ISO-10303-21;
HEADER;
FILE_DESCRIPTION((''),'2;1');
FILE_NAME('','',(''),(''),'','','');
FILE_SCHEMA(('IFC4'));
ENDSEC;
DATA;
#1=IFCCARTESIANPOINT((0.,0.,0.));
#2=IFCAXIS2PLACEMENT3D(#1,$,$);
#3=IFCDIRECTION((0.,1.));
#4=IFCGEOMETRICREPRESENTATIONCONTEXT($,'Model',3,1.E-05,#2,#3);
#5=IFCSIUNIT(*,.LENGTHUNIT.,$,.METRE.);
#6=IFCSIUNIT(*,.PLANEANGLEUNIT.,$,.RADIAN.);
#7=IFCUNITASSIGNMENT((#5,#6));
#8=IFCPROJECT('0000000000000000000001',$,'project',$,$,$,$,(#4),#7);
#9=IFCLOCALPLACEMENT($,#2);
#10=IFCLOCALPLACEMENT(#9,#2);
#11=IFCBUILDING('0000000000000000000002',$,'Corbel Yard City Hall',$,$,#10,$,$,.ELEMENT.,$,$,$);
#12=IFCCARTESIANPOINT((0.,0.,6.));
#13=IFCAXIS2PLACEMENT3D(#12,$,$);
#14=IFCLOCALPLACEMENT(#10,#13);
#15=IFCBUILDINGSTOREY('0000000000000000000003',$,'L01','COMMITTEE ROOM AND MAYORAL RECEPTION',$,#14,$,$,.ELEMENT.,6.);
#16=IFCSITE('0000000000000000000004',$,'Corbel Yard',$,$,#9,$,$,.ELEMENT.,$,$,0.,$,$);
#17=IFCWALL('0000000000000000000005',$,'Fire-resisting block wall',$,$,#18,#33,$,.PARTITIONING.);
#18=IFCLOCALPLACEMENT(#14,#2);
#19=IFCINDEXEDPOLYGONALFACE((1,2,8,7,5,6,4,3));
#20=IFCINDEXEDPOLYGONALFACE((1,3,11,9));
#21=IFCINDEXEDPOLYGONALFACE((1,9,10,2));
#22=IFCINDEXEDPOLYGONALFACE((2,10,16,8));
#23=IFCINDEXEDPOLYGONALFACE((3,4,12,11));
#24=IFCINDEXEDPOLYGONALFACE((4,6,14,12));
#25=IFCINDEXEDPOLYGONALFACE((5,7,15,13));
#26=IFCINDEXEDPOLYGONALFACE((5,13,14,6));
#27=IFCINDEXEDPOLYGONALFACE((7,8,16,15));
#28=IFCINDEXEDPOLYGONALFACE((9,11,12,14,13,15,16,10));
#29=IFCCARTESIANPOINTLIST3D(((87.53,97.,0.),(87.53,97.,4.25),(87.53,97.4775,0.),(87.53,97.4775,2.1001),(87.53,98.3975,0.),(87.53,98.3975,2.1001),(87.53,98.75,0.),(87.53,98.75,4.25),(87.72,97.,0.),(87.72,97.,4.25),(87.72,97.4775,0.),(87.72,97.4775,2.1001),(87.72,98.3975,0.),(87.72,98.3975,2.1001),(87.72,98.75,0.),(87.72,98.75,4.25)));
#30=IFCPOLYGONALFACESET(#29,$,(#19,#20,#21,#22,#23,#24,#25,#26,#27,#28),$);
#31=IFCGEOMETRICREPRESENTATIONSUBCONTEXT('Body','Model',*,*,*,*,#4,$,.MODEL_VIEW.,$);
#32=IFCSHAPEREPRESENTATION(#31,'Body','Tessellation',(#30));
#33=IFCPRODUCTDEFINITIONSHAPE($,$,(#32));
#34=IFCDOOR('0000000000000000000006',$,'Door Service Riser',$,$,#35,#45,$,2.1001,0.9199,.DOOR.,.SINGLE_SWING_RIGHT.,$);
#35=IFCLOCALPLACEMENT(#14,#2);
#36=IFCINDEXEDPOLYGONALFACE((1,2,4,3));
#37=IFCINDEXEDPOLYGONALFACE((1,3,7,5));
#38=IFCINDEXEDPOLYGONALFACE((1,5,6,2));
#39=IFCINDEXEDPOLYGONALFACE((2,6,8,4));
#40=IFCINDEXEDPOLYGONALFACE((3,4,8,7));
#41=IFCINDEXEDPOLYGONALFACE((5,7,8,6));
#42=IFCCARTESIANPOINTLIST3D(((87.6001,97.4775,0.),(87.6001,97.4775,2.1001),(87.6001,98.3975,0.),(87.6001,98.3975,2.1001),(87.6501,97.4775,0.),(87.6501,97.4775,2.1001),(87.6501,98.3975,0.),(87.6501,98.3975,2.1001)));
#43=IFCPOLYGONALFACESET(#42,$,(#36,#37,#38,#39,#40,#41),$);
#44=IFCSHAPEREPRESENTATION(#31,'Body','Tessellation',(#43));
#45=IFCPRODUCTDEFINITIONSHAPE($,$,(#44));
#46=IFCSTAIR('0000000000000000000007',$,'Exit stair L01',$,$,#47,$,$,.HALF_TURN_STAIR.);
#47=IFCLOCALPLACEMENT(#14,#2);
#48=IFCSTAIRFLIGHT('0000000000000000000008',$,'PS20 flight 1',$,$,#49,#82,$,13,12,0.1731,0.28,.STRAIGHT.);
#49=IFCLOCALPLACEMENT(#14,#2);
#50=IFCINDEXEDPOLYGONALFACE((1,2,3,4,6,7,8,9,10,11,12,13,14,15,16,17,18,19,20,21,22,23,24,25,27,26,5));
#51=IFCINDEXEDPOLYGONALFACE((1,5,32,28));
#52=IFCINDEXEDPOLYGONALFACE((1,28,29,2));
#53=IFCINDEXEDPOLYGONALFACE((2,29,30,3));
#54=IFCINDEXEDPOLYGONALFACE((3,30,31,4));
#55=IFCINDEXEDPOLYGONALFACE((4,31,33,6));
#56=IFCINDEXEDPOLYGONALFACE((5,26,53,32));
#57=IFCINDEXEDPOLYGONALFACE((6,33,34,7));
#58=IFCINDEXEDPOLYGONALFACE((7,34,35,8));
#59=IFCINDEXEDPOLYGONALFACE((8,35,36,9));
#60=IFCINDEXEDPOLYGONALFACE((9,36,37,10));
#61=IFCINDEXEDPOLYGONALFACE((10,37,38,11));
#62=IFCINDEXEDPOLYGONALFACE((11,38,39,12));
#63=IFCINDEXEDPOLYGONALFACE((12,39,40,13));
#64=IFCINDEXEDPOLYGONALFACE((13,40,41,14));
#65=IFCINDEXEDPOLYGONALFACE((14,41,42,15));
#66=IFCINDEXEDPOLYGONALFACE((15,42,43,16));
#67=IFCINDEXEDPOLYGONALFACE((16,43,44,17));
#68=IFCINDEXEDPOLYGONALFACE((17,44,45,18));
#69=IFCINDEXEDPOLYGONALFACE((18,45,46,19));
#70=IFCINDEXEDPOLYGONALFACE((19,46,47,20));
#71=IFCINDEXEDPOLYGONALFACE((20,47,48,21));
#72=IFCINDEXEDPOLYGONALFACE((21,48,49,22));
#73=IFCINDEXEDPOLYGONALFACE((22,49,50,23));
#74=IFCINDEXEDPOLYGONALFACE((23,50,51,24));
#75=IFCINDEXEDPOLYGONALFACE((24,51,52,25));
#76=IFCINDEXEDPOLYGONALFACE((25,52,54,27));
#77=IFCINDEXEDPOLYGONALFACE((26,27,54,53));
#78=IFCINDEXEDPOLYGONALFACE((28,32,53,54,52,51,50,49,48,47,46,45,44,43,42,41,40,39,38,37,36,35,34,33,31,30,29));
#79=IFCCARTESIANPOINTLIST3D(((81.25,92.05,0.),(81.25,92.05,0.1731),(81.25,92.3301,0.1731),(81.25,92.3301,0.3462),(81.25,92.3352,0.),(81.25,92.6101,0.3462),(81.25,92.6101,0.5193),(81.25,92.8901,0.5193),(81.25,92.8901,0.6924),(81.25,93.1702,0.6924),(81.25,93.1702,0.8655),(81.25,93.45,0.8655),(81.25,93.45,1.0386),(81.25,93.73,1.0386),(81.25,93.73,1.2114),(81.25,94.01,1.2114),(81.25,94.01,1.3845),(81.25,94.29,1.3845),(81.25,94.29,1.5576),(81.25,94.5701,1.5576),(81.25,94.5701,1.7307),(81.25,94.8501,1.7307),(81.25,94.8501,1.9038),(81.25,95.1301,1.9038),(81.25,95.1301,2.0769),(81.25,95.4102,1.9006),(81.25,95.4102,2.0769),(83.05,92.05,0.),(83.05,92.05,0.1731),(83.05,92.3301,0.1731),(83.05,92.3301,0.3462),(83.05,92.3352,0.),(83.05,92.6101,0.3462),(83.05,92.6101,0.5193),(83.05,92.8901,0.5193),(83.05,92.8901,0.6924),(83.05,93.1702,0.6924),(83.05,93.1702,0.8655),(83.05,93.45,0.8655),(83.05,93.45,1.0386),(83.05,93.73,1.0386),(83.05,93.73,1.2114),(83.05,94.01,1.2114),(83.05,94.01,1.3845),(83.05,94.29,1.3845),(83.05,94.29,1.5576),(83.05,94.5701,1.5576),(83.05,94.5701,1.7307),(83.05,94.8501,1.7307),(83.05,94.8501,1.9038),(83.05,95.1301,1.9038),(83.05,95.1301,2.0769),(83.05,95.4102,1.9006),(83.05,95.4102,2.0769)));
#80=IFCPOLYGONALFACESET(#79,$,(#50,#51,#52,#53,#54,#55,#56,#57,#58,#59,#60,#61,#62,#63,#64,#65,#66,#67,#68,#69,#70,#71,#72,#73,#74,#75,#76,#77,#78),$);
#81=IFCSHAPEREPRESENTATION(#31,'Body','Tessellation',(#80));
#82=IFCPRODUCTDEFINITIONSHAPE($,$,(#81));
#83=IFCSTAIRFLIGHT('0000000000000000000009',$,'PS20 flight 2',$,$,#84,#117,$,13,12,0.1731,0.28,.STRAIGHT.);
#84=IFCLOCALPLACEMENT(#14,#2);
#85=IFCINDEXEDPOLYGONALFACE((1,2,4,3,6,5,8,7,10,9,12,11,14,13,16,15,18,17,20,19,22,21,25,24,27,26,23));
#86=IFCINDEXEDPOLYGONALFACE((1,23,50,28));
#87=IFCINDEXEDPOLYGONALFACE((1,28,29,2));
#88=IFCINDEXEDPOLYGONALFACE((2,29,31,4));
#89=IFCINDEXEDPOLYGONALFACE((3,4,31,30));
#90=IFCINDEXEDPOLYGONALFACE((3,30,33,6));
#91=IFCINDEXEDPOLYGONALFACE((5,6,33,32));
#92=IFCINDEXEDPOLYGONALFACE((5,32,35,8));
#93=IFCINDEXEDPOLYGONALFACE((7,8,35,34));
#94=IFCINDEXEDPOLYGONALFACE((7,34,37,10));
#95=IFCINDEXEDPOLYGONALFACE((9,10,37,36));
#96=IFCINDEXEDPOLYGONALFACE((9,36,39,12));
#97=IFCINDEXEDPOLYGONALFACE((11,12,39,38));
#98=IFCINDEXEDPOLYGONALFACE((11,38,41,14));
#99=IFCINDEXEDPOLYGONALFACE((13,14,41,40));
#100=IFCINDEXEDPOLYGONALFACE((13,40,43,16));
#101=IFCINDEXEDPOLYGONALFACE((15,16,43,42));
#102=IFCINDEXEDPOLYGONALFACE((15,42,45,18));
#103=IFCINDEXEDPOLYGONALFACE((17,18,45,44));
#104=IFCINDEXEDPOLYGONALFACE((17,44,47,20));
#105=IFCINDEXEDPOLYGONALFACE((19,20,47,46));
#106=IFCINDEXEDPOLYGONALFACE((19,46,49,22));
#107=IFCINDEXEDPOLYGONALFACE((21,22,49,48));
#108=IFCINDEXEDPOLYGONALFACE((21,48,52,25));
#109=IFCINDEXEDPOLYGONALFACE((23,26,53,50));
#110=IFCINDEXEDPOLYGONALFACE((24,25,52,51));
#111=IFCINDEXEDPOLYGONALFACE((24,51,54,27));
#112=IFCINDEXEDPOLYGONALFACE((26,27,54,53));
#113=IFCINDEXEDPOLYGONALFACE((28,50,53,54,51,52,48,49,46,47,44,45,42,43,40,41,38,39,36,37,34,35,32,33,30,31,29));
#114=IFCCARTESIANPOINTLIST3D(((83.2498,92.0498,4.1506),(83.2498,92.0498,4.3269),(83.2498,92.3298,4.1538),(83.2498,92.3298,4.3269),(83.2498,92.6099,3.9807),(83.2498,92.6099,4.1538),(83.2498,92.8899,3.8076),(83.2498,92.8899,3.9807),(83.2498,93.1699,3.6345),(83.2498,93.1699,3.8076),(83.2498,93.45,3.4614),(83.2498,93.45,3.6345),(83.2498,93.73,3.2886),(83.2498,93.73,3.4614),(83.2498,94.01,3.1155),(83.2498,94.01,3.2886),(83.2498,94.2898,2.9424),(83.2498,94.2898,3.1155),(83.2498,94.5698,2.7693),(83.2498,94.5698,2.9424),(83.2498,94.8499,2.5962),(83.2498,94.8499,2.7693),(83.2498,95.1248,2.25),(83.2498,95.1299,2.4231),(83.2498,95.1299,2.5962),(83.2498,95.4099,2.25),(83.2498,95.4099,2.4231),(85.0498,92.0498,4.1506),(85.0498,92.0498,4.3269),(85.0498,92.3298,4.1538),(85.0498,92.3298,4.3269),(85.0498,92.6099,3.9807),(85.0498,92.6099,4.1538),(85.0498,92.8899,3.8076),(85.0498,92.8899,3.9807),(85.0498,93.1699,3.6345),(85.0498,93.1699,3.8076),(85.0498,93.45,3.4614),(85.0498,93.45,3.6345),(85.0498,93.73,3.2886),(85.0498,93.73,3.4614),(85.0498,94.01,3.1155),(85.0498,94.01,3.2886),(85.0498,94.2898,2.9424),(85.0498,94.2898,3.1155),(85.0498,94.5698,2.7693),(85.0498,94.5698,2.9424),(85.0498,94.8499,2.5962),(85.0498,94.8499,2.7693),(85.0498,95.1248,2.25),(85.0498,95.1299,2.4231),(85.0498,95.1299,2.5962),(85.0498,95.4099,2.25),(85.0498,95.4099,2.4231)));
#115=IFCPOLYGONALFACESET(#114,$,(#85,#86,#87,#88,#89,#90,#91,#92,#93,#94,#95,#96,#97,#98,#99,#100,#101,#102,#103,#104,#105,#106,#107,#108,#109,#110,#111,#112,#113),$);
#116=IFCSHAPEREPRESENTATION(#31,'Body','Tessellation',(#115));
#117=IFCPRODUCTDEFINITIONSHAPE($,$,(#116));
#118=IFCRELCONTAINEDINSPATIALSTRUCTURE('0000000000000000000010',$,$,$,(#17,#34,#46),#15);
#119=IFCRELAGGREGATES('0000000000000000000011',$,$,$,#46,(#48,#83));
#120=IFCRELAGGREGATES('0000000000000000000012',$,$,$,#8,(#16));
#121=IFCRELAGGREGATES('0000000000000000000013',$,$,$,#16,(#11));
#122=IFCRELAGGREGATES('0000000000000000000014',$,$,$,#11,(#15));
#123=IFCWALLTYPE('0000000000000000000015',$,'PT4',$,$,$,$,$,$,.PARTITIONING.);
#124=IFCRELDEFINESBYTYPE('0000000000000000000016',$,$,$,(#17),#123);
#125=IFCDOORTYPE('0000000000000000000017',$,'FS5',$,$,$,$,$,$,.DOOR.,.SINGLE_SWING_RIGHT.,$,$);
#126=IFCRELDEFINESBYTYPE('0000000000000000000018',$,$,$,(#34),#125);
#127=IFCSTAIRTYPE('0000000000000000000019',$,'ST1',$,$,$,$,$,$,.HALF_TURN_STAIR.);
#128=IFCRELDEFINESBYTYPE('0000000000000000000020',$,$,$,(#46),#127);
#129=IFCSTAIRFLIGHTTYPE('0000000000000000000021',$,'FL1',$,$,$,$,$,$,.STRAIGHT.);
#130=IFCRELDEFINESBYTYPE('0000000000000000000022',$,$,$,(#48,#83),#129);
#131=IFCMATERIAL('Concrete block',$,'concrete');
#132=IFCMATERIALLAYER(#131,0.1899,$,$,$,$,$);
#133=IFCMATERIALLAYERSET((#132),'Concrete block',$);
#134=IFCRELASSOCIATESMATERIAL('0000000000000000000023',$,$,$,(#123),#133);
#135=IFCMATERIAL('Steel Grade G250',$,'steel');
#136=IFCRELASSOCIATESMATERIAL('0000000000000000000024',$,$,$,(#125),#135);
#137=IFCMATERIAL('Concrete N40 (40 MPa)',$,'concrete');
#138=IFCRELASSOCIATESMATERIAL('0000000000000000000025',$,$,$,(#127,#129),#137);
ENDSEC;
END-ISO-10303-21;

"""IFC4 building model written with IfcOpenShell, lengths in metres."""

from ifc_helpers import new_model, si_unit, direction, frame, frame_2d, origin, place, context, subcontext, project, spatial, polyline, rectangle, outline, extrude, material, layer, layer_set, type_object, element, fill, aggregate, save


model = new_model("IFC4")

# Units and contexts
model_context = context("Model", 3, precision=1e-05, world=origin(), true_north=direction((0.0, 1.0)))
body_context = subcontext(model_context, "Body", "Model", "MODEL_VIEW")
ifc_project = project(units=[si_unit("LENGTHUNIT", "METRE"), si_unit("PLANEANGLEUNIT", "RADIAN")], contexts=[model_context])

# Site, building, storey
site_placement = place(None, origin())
site = spatial("IfcSite", under=ifc_project, at=site_placement, Name="Corbel Yard", CompositionType="ELEMENT", RefElevation=0.0)
building_placement = place(site_placement, origin())
building = spatial("IfcBuilding", under=site, at=building_placement, Name="Corbel Yard City Hall", CompositionType="ELEMENT")
storey_placement = place(building_placement, frame((0.0, 0.0, 6.0)))
storey = spatial("IfcBuildingStorey", under=building, at=storey_placement, Name="L01", Description="COMMITTEE ROOM AND MAYORAL RECEPTION", CompositionType="ELEMENT", Elevation=6.0)

# Shared definitions
ifc_material_1 = material(Name="Steel Grade G250", Category="steel")
ifc_material_2 = material(Name="Concrete N40 (40 MPa)", Category="concrete")

# Wall, opening, door
ifc_material_3 = material(Name="Concrete block", Category="concrete")
ifc_layer_1 = layer(ifc_material_3, 0.1899)
ifc_layer_set_1 = layer_set([ifc_layer_1], Name="Concrete block")
wall_type_1 = type_object("IfcWallType", Name="PT4", PredefinedType="PARTITIONING", material=ifc_layer_set_1)
wall_1_placement = place(storey_placement, frame((87.625, 97.0, 0.0), z_axis=(0.0, 0.0, 1.0), x_axis=(0.0, 1.0, 0.0)))
wall_1 = element("IfcWall", 1, at=wall_1_placement, inside=storey, type_object=wall_type_1, Name="Fire-resisting block wall", PredefinedType="PARTITIONING", context=body_context, shape_type="SweptSolid", body=[
    extrude(rectangle(XDim=1.75, YDim=0.1899, at=frame_2d((0.875, 0.0))), origin(), (0.0, 0.0, 1.0), 4.25),
])
opening_1_placement = place(wall_1_placement, frame((0.4775, 0.0, 0.0)))
opening_1 = element("IfcOpeningElement", 2, at=opening_1_placement, cuts=wall_1, PredefinedType="OPENING", context=body_context, shape_type="SweptSolid", body=[
    extrude(rectangle(XDim=0.9199, YDim=2.1001, at=frame_2d((0.46, 1.05))), frame((0.0, 0.105, 0.0), z_axis=(0.0, -1.0, 0.0), x_axis=(1.0, 0.0, 0.0)), (0.0, 0.0, 1.0), 0.21),
])
door_type_1 = type_object("IfcDoorType", Name="FS5", OperationType="SINGLE_SWING_RIGHT", PredefinedType="DOOR", material=ifc_material_1)
door_1_placement = place(opening_1_placement, origin())
door_1 = element("IfcDoor", 3, at=door_1_placement, inside=storey, type_object=door_type_1, Name="Door Service Riser", OperationType="SINGLE_SWING_RIGHT", OverallHeight=2.1001, OverallWidth=0.9199, PredefinedType="DOOR", context=body_context, shape_type="SweptSolid", body=[
    extrude(rectangle(XDim=0.9199, YDim=2.1001, at=frame_2d((0.46, 1.05))), frame((0.0, 0.0249, 0.0), z_axis=(0.0, -1.0, 0.0), x_axis=(1.0, 0.0, 0.0)), (0.0, 0.0, 1.0), 0.05),
])
fill(opening_1, door_1)

# Stair, stair flights
stair_type = type_object("IfcStairType", Name="ST1", PredefinedType="HALF_TURN_STAIR", material=ifc_material_2)
stair_placement = place(storey_placement, origin())
stair = element("IfcStair", 4, at=stair_placement, inside=storey, type_object=stair_type, Name="Exit stair L01", PredefinedType="HALF_TURN_STAIR")
stair_flight_type = type_object("IfcStairFlightType", Name="FL1", PredefinedType="STRAIGHT", material=ifc_material_2)
stair_flight_1_placement = place(storey_placement, frame((82.1499, 92.05, 0.0), z_axis=(0.0, 0.0, 1.0), x_axis=(0.0, 1.0, 0.0)))
stair_flight_1 = element("IfcStairFlight", 5, at=stair_flight_1_placement, type_object=stair_flight_type, Name="PS20 flight 1", NumberOfRisers=13, NumberOfTreads=12, PredefinedType="STRAIGHT", RiserHeight=0.1731, TreadLength=0.28, context=body_context, shape_type="SweptSolid", body=[
    extrude(outline(polyline([(0.0, 0.0), (0.0, 0.1731), (0.28, 0.1731), (0.28, 0.3462), (0.5601, 0.3462), (0.5601, 0.5193), (0.8401, 0.5193), (0.8401, 0.6924), (1.1201, 0.6924), (1.1201, 0.8655), (1.3999, 0.8655), (1.3999, 1.0386), (1.6799, 1.0386), (1.6799, 1.2114), (1.96, 1.2114), (1.96, 1.3845), (2.24, 1.3845), (2.24, 1.5576), (2.52, 1.5576), (2.52, 1.7307), (2.8, 1.7307), (2.8, 1.9038), (3.0801, 1.9038), (3.0801, 2.0769), (3.3601, 2.0769), (3.3601, 2.25), (3.3601, 1.9006), (0.2852, 0.0), (0.0, 0.0)])), frame((0.0, 0.8999, 0.0), z_axis=(0.0, -1.0, 0.0), x_axis=(1.0, 0.0, 0.0)), (0.0, 0.0, 1.0), 1.8),
])
stair_flight_2_placement = place(storey_placement, frame((84.1499, 95.4099, 2.25), z_axis=(0.0, 0.0, 1.0), x_axis=(0.0, -1.0, 0.0)))
stair_flight_2 = element("IfcStairFlight", 6, at=stair_flight_2_placement, type_object=stair_flight_type, Name="PS20 flight 2", NumberOfRisers=13, NumberOfTreads=12, PredefinedType="STRAIGHT", RiserHeight=0.1731, TreadLength=0.28, context=body_context, shape_type="SweptSolid", body=[
    extrude(outline(polyline([(0.0, 0.0), (0.0, 0.1731), (0.28, 0.1731), (0.28, 0.3462), (0.5601, 0.3462), (0.5601, 0.5193), (0.8401, 0.5193), (0.8401, 0.6924), (1.1201, 0.6924), (1.1201, 0.8655), (1.3999, 0.8655), (1.3999, 1.0386), (1.6799, 1.0386), (1.6799, 1.2114), (1.96, 1.2114), (1.96, 1.3845), (2.24, 1.3845), (2.24, 1.5576), (2.52, 1.5576), (2.52, 1.7307), (2.8, 1.7307), (2.8, 1.9038), (3.0801, 1.9038), (3.0801, 2.0769), (3.3601, 2.0769), (3.3601, 2.25), (3.3601, 1.9006), (0.2852, 0.0), (0.0, 0.0)])), frame((0.0, 0.8999, 0.0), z_axis=(0.0, -1.0, 0.0), x_axis=(1.0, 0.0, 0.0)), (0.0, 0.0, 1.0), 1.8),
])
aggregate(stair, [stair_flight_1, stair_flight_2])

save(model, "model.ifc")
